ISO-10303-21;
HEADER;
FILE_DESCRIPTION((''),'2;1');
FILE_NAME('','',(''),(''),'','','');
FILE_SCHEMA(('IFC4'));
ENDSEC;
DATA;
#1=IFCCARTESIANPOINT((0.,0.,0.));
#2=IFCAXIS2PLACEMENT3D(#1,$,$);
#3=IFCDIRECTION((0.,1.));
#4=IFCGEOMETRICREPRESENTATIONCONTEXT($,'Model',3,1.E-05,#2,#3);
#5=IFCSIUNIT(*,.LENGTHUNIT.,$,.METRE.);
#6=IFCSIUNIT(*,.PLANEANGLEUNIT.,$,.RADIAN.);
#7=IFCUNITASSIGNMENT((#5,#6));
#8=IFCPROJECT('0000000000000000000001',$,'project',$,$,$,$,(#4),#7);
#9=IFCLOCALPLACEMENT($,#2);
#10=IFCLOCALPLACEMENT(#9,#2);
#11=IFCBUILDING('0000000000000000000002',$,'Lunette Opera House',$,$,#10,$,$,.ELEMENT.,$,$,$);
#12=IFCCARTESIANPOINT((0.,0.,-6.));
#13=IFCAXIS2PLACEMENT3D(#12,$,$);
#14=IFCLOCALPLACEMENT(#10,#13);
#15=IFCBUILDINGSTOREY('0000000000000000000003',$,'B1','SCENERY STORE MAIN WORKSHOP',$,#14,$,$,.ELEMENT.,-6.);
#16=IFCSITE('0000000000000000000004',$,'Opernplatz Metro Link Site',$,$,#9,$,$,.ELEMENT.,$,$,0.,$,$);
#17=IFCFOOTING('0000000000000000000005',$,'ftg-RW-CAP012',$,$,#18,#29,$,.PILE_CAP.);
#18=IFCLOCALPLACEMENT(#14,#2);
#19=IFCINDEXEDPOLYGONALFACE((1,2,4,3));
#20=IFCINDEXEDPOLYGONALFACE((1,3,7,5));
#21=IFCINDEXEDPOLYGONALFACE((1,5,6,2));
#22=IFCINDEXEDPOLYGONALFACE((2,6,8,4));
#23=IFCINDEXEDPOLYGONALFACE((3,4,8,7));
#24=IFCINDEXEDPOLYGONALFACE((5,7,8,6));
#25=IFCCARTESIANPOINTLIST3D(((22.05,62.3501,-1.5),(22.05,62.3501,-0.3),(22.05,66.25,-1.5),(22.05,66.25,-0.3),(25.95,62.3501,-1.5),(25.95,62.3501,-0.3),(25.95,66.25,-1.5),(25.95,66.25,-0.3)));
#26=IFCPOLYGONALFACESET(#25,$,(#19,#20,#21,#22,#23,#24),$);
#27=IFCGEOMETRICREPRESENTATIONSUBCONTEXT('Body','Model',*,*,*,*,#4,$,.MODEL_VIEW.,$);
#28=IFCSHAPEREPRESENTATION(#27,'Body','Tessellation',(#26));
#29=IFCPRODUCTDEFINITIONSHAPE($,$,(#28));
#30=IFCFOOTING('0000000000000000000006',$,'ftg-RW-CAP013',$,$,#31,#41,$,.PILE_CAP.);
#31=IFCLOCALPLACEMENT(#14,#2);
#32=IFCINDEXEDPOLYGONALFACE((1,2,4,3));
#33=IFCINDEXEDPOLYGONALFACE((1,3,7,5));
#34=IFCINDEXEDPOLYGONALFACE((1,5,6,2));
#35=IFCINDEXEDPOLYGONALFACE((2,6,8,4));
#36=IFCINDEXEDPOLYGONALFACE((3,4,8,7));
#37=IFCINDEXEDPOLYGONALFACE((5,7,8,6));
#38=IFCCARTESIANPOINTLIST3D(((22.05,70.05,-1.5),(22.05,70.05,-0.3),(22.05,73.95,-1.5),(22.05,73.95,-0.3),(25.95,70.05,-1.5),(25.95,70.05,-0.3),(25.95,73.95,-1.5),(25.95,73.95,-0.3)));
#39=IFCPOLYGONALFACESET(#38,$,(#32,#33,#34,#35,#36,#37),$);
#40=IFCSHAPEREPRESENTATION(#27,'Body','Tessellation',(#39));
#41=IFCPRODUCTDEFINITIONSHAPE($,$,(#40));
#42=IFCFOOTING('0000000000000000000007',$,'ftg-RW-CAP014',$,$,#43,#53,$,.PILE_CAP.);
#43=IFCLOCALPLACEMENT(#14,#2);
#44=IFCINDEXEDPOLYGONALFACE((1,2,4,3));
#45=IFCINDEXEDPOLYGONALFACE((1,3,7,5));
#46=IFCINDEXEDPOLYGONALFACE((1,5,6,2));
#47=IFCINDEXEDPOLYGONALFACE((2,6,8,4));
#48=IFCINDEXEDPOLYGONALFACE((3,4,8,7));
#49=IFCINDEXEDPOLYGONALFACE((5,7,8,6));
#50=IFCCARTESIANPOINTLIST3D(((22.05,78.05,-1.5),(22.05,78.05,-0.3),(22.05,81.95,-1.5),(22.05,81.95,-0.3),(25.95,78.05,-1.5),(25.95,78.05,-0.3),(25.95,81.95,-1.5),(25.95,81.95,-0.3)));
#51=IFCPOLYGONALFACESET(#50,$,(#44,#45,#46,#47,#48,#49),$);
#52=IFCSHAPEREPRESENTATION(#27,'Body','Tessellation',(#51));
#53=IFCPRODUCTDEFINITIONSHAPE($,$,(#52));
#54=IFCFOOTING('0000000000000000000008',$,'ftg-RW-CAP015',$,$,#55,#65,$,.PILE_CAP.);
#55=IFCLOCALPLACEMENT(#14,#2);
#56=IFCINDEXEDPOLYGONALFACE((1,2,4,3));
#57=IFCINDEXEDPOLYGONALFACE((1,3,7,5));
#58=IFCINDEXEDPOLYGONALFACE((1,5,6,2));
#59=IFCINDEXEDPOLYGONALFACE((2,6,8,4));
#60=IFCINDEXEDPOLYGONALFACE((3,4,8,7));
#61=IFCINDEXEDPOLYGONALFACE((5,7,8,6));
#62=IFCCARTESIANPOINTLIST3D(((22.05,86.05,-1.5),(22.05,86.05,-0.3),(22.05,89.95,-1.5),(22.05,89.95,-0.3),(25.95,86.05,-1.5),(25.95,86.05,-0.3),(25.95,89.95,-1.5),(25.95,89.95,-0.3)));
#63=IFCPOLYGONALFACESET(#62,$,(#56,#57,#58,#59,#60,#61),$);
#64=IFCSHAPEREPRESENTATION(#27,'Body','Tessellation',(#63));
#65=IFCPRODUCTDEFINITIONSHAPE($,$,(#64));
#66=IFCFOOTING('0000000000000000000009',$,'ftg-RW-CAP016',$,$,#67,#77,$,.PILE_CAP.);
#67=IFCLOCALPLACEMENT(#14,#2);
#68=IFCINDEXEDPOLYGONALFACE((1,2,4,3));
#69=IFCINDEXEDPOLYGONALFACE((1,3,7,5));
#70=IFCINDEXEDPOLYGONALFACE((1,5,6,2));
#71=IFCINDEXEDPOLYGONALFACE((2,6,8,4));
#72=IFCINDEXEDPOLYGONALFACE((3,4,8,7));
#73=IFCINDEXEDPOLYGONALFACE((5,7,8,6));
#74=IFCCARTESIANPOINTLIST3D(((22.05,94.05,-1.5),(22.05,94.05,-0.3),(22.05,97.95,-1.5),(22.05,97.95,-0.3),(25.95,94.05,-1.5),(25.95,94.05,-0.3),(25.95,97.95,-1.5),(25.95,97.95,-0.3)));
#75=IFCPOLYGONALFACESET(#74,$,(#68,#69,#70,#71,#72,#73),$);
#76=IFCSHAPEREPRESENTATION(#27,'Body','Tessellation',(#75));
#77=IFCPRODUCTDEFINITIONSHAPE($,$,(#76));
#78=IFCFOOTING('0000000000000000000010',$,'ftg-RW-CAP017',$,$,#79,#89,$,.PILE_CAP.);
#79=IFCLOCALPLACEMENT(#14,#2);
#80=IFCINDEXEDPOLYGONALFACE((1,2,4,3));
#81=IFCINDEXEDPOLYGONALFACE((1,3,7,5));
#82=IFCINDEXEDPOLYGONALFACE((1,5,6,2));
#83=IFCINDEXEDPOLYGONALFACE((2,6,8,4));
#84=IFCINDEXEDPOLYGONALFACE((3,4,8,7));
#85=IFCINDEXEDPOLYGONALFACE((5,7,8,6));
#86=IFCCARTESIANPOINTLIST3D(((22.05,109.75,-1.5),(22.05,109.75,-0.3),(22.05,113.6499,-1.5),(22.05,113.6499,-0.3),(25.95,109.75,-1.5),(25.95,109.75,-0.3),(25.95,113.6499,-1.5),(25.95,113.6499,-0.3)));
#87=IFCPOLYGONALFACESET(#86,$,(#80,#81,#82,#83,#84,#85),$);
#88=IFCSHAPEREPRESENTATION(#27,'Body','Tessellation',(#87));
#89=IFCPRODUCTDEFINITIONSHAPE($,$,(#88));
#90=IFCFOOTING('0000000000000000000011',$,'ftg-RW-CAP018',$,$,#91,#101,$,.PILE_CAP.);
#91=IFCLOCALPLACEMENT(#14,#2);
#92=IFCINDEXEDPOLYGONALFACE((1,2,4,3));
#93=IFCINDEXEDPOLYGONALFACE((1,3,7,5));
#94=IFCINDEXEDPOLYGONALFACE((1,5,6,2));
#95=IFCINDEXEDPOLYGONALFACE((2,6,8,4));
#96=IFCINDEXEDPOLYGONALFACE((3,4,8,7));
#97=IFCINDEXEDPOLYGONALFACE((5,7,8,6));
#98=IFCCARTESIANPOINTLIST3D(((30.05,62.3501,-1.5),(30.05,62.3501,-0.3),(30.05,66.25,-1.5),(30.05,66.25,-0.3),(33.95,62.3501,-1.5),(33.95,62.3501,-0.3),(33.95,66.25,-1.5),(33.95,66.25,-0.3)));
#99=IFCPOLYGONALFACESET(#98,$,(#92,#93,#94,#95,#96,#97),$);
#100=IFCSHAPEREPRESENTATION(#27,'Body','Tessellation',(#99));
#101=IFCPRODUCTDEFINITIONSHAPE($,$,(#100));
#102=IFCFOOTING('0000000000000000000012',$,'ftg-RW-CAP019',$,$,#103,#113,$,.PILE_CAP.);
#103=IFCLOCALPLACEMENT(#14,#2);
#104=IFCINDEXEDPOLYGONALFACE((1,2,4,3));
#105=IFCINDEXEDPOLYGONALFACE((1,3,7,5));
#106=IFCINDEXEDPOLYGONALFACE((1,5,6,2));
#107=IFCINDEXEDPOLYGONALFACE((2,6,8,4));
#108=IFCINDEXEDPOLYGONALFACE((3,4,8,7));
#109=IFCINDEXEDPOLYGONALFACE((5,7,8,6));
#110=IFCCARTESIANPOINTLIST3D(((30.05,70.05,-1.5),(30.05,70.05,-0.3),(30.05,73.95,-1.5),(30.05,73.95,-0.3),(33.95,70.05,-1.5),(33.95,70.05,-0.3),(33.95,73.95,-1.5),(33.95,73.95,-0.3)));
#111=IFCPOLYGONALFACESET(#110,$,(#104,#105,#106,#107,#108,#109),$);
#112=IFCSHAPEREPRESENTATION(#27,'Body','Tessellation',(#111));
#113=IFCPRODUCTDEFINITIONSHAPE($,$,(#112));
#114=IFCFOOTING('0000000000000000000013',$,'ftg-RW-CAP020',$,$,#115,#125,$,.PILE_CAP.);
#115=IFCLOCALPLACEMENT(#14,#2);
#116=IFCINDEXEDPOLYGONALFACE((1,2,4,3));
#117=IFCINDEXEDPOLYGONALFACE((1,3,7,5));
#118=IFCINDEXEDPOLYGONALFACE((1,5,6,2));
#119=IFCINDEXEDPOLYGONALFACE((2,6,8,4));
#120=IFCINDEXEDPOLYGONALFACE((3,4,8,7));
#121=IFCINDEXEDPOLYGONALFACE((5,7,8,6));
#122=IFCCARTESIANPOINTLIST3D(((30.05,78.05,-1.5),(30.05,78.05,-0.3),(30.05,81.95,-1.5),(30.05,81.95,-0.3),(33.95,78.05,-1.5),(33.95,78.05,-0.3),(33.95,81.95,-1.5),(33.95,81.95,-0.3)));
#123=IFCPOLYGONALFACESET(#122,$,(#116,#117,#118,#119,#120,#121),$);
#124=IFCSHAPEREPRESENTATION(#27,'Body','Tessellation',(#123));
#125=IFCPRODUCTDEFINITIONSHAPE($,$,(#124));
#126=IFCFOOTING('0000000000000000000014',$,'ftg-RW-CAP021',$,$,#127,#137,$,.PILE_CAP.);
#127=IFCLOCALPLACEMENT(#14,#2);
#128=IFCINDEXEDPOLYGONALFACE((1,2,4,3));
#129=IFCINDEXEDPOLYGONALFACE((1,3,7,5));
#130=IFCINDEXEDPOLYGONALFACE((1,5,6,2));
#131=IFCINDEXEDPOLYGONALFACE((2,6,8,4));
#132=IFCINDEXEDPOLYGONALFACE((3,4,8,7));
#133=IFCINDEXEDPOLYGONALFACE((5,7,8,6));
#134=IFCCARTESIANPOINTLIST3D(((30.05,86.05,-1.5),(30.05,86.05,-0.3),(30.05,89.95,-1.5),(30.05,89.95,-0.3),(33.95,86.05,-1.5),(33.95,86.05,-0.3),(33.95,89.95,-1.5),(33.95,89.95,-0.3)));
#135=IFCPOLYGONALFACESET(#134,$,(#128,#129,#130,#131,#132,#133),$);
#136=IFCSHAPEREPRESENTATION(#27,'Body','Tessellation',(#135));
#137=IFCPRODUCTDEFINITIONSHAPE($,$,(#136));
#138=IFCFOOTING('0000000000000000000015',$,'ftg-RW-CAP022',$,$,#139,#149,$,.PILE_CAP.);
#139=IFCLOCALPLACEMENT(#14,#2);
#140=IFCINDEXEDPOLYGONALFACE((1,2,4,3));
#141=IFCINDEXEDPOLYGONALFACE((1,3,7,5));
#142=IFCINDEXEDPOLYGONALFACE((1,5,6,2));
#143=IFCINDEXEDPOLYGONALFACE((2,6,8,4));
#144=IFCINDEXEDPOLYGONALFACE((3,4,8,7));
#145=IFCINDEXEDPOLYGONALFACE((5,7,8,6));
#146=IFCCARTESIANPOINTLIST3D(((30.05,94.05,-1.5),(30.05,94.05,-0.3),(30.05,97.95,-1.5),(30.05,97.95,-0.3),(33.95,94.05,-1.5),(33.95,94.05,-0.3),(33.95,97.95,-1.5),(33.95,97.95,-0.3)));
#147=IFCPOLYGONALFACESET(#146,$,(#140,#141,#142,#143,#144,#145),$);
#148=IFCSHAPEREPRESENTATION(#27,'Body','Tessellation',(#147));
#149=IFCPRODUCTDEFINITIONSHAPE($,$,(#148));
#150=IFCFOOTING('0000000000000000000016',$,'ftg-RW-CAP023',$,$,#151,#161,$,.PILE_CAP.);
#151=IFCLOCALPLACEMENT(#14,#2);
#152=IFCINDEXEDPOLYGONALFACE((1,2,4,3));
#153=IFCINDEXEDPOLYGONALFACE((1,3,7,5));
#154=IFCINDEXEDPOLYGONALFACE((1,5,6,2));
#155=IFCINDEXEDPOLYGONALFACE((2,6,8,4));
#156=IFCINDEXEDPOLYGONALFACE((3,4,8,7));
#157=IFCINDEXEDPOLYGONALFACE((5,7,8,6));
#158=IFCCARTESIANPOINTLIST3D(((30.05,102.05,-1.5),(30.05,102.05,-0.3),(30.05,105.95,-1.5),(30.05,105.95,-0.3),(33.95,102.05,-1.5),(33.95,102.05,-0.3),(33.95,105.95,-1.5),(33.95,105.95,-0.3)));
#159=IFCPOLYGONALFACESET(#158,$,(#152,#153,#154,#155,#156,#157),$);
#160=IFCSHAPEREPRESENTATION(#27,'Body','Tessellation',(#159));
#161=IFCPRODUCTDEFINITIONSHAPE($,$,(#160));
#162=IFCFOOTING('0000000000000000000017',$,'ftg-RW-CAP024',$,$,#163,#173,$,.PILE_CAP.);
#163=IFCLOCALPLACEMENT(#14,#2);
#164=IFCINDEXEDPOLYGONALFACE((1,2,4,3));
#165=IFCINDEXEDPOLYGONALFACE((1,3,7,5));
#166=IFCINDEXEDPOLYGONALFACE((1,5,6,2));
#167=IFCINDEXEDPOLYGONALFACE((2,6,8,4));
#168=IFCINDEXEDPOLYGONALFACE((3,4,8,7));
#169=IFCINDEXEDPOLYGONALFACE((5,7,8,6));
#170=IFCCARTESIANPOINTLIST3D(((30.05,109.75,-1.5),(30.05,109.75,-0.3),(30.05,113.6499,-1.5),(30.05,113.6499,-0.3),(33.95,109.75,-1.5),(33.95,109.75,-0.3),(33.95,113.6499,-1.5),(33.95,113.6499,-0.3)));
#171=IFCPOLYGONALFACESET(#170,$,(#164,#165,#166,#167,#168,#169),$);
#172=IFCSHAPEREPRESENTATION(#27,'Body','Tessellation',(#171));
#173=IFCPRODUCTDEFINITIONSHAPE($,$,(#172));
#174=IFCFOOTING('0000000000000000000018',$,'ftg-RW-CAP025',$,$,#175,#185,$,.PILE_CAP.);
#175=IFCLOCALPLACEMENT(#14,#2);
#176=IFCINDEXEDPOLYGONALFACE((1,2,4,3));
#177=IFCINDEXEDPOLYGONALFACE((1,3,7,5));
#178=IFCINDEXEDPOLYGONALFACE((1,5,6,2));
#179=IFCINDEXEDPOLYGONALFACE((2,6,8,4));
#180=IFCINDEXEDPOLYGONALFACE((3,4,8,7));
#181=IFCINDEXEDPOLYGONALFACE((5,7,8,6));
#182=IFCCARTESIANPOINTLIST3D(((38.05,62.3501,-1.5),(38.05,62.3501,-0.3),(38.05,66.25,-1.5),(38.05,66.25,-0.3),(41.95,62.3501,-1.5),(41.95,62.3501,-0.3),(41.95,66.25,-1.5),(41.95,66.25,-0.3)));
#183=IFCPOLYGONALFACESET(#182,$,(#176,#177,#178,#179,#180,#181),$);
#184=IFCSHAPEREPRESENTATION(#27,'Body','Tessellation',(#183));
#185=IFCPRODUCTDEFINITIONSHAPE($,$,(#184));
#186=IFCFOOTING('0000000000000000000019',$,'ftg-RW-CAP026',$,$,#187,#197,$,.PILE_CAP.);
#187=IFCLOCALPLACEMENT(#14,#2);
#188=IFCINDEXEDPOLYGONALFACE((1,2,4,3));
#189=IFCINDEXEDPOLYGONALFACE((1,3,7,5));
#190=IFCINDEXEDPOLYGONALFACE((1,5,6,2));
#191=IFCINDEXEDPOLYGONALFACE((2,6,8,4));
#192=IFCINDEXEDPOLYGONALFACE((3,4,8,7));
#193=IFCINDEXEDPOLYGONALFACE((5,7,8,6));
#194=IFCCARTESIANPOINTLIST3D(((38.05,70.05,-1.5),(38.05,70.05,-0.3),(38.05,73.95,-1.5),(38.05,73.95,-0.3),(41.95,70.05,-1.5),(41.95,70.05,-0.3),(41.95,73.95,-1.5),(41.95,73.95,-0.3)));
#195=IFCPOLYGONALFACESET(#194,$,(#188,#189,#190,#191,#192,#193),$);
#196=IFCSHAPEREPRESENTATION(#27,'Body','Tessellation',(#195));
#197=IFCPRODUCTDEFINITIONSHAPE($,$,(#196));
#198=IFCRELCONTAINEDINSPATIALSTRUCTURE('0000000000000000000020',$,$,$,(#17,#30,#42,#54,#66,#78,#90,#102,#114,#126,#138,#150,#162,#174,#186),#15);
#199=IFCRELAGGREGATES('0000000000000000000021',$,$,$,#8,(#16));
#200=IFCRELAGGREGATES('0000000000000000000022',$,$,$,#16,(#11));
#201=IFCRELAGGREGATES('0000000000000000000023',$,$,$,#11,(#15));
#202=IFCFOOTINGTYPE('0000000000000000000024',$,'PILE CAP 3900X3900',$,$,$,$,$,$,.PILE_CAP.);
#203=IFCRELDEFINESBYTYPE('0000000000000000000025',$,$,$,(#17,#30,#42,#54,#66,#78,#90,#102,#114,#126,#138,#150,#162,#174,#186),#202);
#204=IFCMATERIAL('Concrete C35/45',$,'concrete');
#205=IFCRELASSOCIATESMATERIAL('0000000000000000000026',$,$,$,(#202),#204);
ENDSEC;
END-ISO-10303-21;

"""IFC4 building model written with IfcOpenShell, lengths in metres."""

from ifc_helpers import new_model, si_unit, direction, frame, origin, place, context, subcontext, project, spatial, polyline, outline, extrude, material, type_object, element, save


model = new_model("IFC4")

# Units and contexts
model_context = context("Model", 3, precision=1e-05, world=origin(), true_north=direction((0.0, 1.0)))
body_context = subcontext(model_context, "Body", "Model", "MODEL_VIEW")
ifc_project = project(units=[si_unit("LENGTHUNIT", "METRE"), si_unit("PLANEANGLEUNIT", "RADIAN")], contexts=[model_context])

# Site, building, storey
site_placement = place(None, origin())
site = spatial("IfcSite", under=ifc_project, at=site_placement, Name="Opernplatz Metro Link Site", CompositionType="ELEMENT", RefElevation=0.0)
building_placement = place(site_placement, origin())
building = spatial("IfcBuilding", under=site, at=building_placement, Name="Lunette Opera House", CompositionType="ELEMENT")
storey_placement = place(building_placement, frame((0.0, 0.0, -6.0)))
storey = spatial("IfcBuildingStorey", under=building, at=storey_placement, Name="B1", Description="SCENERY STORE MAIN WORKSHOP", CompositionType="ELEMENT", Elevation=-6.0)

# Footings
ifc_material = material(Name="Concrete C35/45", Category="concrete")
footing_type = type_object("IfcFootingType", Name="PILE CAP 3900X3900", PredefinedType="PILE_CAP", material=ifc_material)
footing_1_placement = place(storey_placement, frame((0.0, 0.0, -1.5)))
element("IfcFooting", 1, at=footing_1_placement, inside=storey, type_object=footing_type, Name="ftg-RW-CAP012", PredefinedType="PILE_CAP", context=body_context, shape_type="SweptSolid", body=[
    extrude(outline(polyline([(25.95, 62.3501), (25.95, 66.25), (22.05, 66.25), (22.05, 62.3501), (25.95, 62.3501)])), origin(), (0.0, 0.0, 1.0), 1.2),
])
footing_2_placement = place(storey_placement, frame((0.0, 0.0, -1.5)))
element("IfcFooting", 2, at=footing_2_placement, inside=storey, type_object=footing_type, Name="ftg-RW-CAP013", PredefinedType="PILE_CAP", context=body_context, shape_type="SweptSolid", body=[
    extrude(outline(polyline([(25.95, 70.05), (25.95, 73.95), (22.05, 73.95), (22.05, 70.05), (25.95, 70.05)])), origin(), (0.0, 0.0, 1.0), 1.2),
])
footing_3_placement = place(storey_placement, frame((0.0, 0.0, -1.5)))
element("IfcFooting", 3, at=footing_3_placement, inside=storey, type_object=footing_type, Name="ftg-RW-CAP014", PredefinedType="PILE_CAP", context=body_context, shape_type="SweptSolid", body=[
    extrude(outline(polyline([(25.95, 78.05), (25.95, 81.95), (22.05, 81.95), (22.05, 78.05), (25.95, 78.05)])), origin(), (0.0, 0.0, 1.0), 1.2),
])
footing_4_placement = place(storey_placement, frame((0.0, 0.0, -1.5)))
element("IfcFooting", 4, at=footing_4_placement, inside=storey, type_object=footing_type, Name="ftg-RW-CAP015", PredefinedType="PILE_CAP", context=body_context, shape_type="SweptSolid", body=[
    extrude(outline(polyline([(25.95, 86.05), (25.95, 89.95), (22.05, 89.95), (22.05, 86.05), (25.95, 86.05)])), origin(), (0.0, 0.0, 1.0), 1.2),
])
footing_5_placement = place(storey_placement, frame((0.0, 0.0, -1.5)))
element("IfcFooting", 5, at=footing_5_placement, inside=storey, type_object=footing_type, Name="ftg-RW-CAP016", PredefinedType="PILE_CAP", context=body_context, shape_type="SweptSolid", body=[
    extrude(outline(polyline([(25.95, 94.05), (25.95, 97.95), (22.05, 97.95), (22.05, 94.05), (25.95, 94.05)])), origin(), (0.0, 0.0, 1.0), 1.2),
])
footing_6_placement = place(storey_placement, frame((0.0, 0.0, -1.5)))
element("IfcFooting", 6, at=footing_6_placement, inside=storey, type_object=footing_type, Name="ftg-RW-CAP017", PredefinedType="PILE_CAP", context=body_context, shape_type="SweptSolid", body=[
    extrude(outline(polyline([(25.95, 109.75), (25.95, 113.6499), (22.05, 113.6499), (22.05, 109.75), (25.95, 109.75)])), origin(), (0.0, 0.0, 1.0), 1.2),
])
footing_7_placement = place(storey_placement, frame((0.0, 0.0, -1.5)))
element("IfcFooting", 7, at=footing_7_placement, inside=storey, type_object=footing_type, Name="ftg-RW-CAP018", PredefinedType="PILE_CAP", context=body_context, shape_type="SweptSolid", body=[
    extrude(outline(polyline([(33.95, 62.3501), (33.95, 66.25), (30.05, 66.25), (30.05, 62.3501), (33.95, 62.3501)])), origin(), (0.0, 0.0, 1.0), 1.2),
])
footing_8_placement = place(storey_placement, frame((0.0, 0.0, -1.5)))
element("IfcFooting", 8, at=footing_8_placement, inside=storey, type_object=footing_type, Name="ftg-RW-CAP019", PredefinedType="PILE_CAP", context=body_context, shape_type="SweptSolid", body=[
    extrude(outline(polyline([(33.95, 70.05), (33.95, 73.95), (30.05, 73.95), (30.05, 70.05), (33.95, 70.05)])), origin(), (0.0, 0.0, 1.0), 1.2),
])
footing_9_placement = place(storey_placement, frame((0.0, 0.0, -1.5)))
element("IfcFooting", 9, at=footing_9_placement, inside=storey, type_object=footing_type, Name="ftg-RW-CAP020", PredefinedType="PILE_CAP", context=body_context, shape_type="SweptSolid", body=[
    extrude(outline(polyline([(33.95, 78.05), (33.95, 81.95), (30.05, 81.95), (30.05, 78.05), (33.95, 78.05)])), origin(), (0.0, 0.0, 1.0), 1.2),
])
footing_10_placement = place(storey_placement, frame((0.0, 0.0, -1.5)))
element("IfcFooting", 10, at=footing_10_placement, inside=storey, type_object=footing_type, Name="ftg-RW-CAP021", PredefinedType="PILE_CAP", context=body_context, shape_type="SweptSolid", body=[
    extrude(outline(polyline([(33.95, 86.05), (33.95, 89.95), (30.05, 89.95), (30.05, 86.05), (33.95, 86.05)])), origin(), (0.0, 0.0, 1.0), 1.2),
])
footing_11_placement = place(storey_placement, frame((0.0, 0.0, -1.5)))
element("IfcFooting", 11, at=footing_11_placement, inside=storey, type_object=footing_type, Name="ftg-RW-CAP022", PredefinedType="PILE_CAP", context=body_context, shape_type="SweptSolid", body=[
    extrude(outline(polyline([(33.95, 94.05), (33.95, 97.95), (30.05, 97.95), (30.05, 94.05), (33.95, 94.05)])), origin(), (0.0, 0.0, 1.0), 1.2),
])
footing_12_placement = place(storey_placement, frame((0.0, 0.0, -1.5)))
element("IfcFooting", 12, at=footing_12_placement, inside=storey, type_object=footing_type, Name="ftg-RW-CAP023", PredefinedType="PILE_CAP", context=body_context, shape_type="SweptSolid", body=[
    extrude(outline(polyline([(33.95, 102.05), (33.95, 105.95), (30.05, 105.95), (30.05, 102.05), (33.95, 102.05)])), origin(), (0.0, 0.0, 1.0), 1.2),
])
footing_13_placement = place(storey_placement, frame((0.0, 0.0, -1.5)))
element("IfcFooting", 13, at=footing_13_placement, inside=storey, type_object=footing_type, Name="ftg-RW-CAP024", PredefinedType="PILE_CAP", context=body_context, shape_type="SweptSolid", body=[
    extrude(outline(polyline([(33.95, 109.75), (33.95, 113.6499), (30.05, 113.6499), (30.05, 109.75), (33.95, 109.75)])), origin(), (0.0, 0.0, 1.0), 1.2),
])
footing_14_placement = place(storey_placement, frame((0.0, 0.0, -1.5)))
element("IfcFooting", 14, at=footing_14_placement, inside=storey, type_object=footing_type, Name="ftg-RW-CAP025", PredefinedType="PILE_CAP", context=body_context, shape_type="SweptSolid", body=[
    extrude(outline(polyline([(41.95, 62.3501), (41.95, 66.25), (38.05, 66.25), (38.05, 62.3501), (41.95, 62.3501)])), origin(), (0.0, 0.0, 1.0), 1.2),
])
footing_15_placement = place(storey_placement, frame((0.0, 0.0, -1.5)))
element("IfcFooting", 15, at=footing_15_placement, inside=storey, type_object=footing_type, Name="ftg-RW-CAP026", PredefinedType="PILE_CAP", context=body_context, shape_type="SweptSolid", body=[
    extrude(outline(polyline([(41.95, 70.05), (41.95, 73.95), (38.05, 73.95), (38.05, 70.05), (41.95, 70.05)])), origin(), (0.0, 0.0, 1.0), 1.2),
])

save(model, "model.ifc")
